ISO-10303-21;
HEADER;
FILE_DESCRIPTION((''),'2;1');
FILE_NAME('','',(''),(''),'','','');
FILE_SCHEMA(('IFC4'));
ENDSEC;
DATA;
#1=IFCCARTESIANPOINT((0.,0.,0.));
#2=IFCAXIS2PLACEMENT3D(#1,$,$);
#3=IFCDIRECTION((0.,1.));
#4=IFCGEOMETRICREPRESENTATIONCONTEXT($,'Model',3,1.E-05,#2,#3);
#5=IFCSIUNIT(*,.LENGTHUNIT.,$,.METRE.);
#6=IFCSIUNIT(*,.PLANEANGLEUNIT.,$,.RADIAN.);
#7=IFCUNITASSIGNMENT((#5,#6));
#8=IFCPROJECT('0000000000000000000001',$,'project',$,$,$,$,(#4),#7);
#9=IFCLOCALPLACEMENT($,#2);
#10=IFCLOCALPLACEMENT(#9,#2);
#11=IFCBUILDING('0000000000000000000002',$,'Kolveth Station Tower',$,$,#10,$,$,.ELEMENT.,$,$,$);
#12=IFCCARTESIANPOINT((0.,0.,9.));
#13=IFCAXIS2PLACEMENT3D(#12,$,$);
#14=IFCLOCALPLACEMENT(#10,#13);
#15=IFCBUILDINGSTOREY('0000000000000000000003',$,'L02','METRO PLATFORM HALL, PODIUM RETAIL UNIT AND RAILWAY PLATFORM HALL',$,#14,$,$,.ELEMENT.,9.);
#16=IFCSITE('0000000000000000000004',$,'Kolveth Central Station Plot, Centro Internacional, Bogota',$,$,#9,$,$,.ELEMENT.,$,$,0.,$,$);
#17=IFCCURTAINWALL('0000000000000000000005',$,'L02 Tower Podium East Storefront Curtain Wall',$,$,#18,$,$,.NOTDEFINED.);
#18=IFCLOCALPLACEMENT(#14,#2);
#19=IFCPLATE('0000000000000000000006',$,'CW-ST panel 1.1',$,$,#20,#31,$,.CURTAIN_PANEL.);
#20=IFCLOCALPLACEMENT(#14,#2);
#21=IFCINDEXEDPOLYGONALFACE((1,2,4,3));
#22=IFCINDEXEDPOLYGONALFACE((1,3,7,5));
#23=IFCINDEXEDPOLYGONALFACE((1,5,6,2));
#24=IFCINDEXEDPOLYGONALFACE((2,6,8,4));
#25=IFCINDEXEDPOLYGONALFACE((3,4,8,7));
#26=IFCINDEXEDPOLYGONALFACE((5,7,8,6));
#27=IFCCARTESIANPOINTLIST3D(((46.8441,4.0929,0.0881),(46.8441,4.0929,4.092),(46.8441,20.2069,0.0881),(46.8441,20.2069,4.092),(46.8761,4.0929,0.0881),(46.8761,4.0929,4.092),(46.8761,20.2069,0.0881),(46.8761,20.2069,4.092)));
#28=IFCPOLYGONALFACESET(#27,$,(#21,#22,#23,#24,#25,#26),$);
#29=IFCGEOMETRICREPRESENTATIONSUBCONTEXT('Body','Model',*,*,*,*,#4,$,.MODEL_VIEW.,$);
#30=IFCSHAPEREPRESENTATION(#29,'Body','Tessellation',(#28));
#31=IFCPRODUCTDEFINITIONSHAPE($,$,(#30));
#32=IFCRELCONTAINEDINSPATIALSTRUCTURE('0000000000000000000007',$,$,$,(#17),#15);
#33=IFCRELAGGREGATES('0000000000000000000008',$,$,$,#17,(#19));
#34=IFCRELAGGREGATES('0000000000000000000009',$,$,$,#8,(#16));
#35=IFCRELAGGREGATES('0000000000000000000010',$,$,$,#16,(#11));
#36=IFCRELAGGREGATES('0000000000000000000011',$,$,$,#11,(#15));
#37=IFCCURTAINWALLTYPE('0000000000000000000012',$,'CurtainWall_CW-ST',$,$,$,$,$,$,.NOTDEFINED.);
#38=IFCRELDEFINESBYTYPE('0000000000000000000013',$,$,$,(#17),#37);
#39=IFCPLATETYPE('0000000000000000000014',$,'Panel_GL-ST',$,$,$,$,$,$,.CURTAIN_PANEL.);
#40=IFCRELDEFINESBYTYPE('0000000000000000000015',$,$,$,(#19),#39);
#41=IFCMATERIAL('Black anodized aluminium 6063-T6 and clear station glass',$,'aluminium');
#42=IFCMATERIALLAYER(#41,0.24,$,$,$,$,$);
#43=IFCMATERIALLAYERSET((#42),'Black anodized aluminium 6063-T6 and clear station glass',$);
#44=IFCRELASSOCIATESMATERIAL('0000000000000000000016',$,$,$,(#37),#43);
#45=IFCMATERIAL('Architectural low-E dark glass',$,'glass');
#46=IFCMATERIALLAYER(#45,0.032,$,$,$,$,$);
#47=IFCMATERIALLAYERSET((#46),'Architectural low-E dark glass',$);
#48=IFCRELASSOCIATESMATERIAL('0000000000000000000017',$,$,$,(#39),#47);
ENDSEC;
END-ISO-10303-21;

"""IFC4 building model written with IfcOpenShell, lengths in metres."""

from ifc_helpers import new_model, si_unit, direction, frame, origin, origin_2d, place, context, subcontext, project, spatial, rectangle, extrude, source, transform, mapped, material, layer, layer_set, type_object, element, aggregate, save


model = new_model("IFC4")

# Units and contexts
model_context = context("Model", 3, precision=1e-05, world=origin(), true_north=direction((0.0, 1.0)))
body_context = subcontext(model_context, "Body", "Model", "MODEL_VIEW")
ifc_project = project(units=[si_unit("LENGTHUNIT", "METRE"), si_unit("PLANEANGLEUNIT", "RADIAN")], contexts=[model_context])

# Site, building, storey
site_placement = place(None, origin())
site = spatial("IfcSite", under=ifc_project, at=site_placement, Name="Kolveth Central Station Plot, Centro Internacional, Bogota", CompositionType="ELEMENT", RefElevation=0.0)
building_placement = place(site_placement, origin())
building = spatial("IfcBuilding", under=site, at=building_placement, Name="Kolveth Station Tower", CompositionType="ELEMENT")
storey_placement = place(building_placement, frame((0.0, 0.0, 9.0)))
storey = spatial("IfcBuildingStorey", under=building, at=storey_placement, Name="L02", Description="METRO PLATFORM HALL, PODIUM RETAIL UNIT AND RAILWAY PLATFORM HALL", CompositionType="ELEMENT", Elevation=9.0)

# Curtain wall, plate
ifc_material_1 = material(Name="Black anodized aluminium 6063-T6 and clear station glass", Category="aluminium")
ifc_layer_1 = layer(ifc_material_1, 0.24)
ifc_layer_set_1 = layer_set([ifc_layer_1], Name="Black anodized aluminium 6063-T6 and clear station glass")
curtain_wall_type = type_object("IfcCurtainWallType", Name="CurtainWall_CW-ST", PredefinedType="NOTDEFINED", material=ifc_layer_set_1)
curtain_wall_placement = place(storey_placement, origin())
curtain_wall = element("IfcCurtainWall", 1, at=curtain_wall_placement, inside=storey, type_object=curtain_wall_type, Name="L02 Tower Podium East Storefront Curtain Wall", PredefinedType="NOTDEFINED")
ifc_material_2 = material(Name="Architectural low-E dark glass", Category="glass")
ifc_layer_2 = layer(ifc_material_2, 0.032)
ifc_layer_set_2 = layer_set([ifc_layer_2], Name="Architectural low-E dark glass")
plate_type = type_object("IfcPlateType", Name="Panel_GL-ST", PredefinedType="CURTAIN_PANEL", material=ifc_layer_set_2)
shared_shape_1 = source(origin(), body_context, "Body", "SweptSolid", [
    extrude(rectangle(XDim=16.114, YDim=0.032, at=origin_2d()), origin(), (0.0, 0.0, 1.0), 4.0039),
])
plate_placement = place(storey_placement, frame((46.8601, 12.1499, 0.0881), z_axis=(0.0, 0.0, 1.0), x_axis=(0.0, 1.0, 0.0)))
plate = element("IfcPlate", 2, at=plate_placement, type_object=plate_type, Name="CW-ST panel 1.1", PredefinedType="CURTAIN_PANEL", context=body_context, shape_type="MappedRepresentation", body=[
    mapped(shared_shape_1, transform((0.0, 0.0, 0.0), x_axis=(1.0, 0.0, 0.0), y_axis=(0.0, 1.0, 0.0), z_axis=(0.0, 0.0, 1.0), scale=1.0)),
])
aggregate(curtain_wall, [plate])

save(model, "model.ifc")
